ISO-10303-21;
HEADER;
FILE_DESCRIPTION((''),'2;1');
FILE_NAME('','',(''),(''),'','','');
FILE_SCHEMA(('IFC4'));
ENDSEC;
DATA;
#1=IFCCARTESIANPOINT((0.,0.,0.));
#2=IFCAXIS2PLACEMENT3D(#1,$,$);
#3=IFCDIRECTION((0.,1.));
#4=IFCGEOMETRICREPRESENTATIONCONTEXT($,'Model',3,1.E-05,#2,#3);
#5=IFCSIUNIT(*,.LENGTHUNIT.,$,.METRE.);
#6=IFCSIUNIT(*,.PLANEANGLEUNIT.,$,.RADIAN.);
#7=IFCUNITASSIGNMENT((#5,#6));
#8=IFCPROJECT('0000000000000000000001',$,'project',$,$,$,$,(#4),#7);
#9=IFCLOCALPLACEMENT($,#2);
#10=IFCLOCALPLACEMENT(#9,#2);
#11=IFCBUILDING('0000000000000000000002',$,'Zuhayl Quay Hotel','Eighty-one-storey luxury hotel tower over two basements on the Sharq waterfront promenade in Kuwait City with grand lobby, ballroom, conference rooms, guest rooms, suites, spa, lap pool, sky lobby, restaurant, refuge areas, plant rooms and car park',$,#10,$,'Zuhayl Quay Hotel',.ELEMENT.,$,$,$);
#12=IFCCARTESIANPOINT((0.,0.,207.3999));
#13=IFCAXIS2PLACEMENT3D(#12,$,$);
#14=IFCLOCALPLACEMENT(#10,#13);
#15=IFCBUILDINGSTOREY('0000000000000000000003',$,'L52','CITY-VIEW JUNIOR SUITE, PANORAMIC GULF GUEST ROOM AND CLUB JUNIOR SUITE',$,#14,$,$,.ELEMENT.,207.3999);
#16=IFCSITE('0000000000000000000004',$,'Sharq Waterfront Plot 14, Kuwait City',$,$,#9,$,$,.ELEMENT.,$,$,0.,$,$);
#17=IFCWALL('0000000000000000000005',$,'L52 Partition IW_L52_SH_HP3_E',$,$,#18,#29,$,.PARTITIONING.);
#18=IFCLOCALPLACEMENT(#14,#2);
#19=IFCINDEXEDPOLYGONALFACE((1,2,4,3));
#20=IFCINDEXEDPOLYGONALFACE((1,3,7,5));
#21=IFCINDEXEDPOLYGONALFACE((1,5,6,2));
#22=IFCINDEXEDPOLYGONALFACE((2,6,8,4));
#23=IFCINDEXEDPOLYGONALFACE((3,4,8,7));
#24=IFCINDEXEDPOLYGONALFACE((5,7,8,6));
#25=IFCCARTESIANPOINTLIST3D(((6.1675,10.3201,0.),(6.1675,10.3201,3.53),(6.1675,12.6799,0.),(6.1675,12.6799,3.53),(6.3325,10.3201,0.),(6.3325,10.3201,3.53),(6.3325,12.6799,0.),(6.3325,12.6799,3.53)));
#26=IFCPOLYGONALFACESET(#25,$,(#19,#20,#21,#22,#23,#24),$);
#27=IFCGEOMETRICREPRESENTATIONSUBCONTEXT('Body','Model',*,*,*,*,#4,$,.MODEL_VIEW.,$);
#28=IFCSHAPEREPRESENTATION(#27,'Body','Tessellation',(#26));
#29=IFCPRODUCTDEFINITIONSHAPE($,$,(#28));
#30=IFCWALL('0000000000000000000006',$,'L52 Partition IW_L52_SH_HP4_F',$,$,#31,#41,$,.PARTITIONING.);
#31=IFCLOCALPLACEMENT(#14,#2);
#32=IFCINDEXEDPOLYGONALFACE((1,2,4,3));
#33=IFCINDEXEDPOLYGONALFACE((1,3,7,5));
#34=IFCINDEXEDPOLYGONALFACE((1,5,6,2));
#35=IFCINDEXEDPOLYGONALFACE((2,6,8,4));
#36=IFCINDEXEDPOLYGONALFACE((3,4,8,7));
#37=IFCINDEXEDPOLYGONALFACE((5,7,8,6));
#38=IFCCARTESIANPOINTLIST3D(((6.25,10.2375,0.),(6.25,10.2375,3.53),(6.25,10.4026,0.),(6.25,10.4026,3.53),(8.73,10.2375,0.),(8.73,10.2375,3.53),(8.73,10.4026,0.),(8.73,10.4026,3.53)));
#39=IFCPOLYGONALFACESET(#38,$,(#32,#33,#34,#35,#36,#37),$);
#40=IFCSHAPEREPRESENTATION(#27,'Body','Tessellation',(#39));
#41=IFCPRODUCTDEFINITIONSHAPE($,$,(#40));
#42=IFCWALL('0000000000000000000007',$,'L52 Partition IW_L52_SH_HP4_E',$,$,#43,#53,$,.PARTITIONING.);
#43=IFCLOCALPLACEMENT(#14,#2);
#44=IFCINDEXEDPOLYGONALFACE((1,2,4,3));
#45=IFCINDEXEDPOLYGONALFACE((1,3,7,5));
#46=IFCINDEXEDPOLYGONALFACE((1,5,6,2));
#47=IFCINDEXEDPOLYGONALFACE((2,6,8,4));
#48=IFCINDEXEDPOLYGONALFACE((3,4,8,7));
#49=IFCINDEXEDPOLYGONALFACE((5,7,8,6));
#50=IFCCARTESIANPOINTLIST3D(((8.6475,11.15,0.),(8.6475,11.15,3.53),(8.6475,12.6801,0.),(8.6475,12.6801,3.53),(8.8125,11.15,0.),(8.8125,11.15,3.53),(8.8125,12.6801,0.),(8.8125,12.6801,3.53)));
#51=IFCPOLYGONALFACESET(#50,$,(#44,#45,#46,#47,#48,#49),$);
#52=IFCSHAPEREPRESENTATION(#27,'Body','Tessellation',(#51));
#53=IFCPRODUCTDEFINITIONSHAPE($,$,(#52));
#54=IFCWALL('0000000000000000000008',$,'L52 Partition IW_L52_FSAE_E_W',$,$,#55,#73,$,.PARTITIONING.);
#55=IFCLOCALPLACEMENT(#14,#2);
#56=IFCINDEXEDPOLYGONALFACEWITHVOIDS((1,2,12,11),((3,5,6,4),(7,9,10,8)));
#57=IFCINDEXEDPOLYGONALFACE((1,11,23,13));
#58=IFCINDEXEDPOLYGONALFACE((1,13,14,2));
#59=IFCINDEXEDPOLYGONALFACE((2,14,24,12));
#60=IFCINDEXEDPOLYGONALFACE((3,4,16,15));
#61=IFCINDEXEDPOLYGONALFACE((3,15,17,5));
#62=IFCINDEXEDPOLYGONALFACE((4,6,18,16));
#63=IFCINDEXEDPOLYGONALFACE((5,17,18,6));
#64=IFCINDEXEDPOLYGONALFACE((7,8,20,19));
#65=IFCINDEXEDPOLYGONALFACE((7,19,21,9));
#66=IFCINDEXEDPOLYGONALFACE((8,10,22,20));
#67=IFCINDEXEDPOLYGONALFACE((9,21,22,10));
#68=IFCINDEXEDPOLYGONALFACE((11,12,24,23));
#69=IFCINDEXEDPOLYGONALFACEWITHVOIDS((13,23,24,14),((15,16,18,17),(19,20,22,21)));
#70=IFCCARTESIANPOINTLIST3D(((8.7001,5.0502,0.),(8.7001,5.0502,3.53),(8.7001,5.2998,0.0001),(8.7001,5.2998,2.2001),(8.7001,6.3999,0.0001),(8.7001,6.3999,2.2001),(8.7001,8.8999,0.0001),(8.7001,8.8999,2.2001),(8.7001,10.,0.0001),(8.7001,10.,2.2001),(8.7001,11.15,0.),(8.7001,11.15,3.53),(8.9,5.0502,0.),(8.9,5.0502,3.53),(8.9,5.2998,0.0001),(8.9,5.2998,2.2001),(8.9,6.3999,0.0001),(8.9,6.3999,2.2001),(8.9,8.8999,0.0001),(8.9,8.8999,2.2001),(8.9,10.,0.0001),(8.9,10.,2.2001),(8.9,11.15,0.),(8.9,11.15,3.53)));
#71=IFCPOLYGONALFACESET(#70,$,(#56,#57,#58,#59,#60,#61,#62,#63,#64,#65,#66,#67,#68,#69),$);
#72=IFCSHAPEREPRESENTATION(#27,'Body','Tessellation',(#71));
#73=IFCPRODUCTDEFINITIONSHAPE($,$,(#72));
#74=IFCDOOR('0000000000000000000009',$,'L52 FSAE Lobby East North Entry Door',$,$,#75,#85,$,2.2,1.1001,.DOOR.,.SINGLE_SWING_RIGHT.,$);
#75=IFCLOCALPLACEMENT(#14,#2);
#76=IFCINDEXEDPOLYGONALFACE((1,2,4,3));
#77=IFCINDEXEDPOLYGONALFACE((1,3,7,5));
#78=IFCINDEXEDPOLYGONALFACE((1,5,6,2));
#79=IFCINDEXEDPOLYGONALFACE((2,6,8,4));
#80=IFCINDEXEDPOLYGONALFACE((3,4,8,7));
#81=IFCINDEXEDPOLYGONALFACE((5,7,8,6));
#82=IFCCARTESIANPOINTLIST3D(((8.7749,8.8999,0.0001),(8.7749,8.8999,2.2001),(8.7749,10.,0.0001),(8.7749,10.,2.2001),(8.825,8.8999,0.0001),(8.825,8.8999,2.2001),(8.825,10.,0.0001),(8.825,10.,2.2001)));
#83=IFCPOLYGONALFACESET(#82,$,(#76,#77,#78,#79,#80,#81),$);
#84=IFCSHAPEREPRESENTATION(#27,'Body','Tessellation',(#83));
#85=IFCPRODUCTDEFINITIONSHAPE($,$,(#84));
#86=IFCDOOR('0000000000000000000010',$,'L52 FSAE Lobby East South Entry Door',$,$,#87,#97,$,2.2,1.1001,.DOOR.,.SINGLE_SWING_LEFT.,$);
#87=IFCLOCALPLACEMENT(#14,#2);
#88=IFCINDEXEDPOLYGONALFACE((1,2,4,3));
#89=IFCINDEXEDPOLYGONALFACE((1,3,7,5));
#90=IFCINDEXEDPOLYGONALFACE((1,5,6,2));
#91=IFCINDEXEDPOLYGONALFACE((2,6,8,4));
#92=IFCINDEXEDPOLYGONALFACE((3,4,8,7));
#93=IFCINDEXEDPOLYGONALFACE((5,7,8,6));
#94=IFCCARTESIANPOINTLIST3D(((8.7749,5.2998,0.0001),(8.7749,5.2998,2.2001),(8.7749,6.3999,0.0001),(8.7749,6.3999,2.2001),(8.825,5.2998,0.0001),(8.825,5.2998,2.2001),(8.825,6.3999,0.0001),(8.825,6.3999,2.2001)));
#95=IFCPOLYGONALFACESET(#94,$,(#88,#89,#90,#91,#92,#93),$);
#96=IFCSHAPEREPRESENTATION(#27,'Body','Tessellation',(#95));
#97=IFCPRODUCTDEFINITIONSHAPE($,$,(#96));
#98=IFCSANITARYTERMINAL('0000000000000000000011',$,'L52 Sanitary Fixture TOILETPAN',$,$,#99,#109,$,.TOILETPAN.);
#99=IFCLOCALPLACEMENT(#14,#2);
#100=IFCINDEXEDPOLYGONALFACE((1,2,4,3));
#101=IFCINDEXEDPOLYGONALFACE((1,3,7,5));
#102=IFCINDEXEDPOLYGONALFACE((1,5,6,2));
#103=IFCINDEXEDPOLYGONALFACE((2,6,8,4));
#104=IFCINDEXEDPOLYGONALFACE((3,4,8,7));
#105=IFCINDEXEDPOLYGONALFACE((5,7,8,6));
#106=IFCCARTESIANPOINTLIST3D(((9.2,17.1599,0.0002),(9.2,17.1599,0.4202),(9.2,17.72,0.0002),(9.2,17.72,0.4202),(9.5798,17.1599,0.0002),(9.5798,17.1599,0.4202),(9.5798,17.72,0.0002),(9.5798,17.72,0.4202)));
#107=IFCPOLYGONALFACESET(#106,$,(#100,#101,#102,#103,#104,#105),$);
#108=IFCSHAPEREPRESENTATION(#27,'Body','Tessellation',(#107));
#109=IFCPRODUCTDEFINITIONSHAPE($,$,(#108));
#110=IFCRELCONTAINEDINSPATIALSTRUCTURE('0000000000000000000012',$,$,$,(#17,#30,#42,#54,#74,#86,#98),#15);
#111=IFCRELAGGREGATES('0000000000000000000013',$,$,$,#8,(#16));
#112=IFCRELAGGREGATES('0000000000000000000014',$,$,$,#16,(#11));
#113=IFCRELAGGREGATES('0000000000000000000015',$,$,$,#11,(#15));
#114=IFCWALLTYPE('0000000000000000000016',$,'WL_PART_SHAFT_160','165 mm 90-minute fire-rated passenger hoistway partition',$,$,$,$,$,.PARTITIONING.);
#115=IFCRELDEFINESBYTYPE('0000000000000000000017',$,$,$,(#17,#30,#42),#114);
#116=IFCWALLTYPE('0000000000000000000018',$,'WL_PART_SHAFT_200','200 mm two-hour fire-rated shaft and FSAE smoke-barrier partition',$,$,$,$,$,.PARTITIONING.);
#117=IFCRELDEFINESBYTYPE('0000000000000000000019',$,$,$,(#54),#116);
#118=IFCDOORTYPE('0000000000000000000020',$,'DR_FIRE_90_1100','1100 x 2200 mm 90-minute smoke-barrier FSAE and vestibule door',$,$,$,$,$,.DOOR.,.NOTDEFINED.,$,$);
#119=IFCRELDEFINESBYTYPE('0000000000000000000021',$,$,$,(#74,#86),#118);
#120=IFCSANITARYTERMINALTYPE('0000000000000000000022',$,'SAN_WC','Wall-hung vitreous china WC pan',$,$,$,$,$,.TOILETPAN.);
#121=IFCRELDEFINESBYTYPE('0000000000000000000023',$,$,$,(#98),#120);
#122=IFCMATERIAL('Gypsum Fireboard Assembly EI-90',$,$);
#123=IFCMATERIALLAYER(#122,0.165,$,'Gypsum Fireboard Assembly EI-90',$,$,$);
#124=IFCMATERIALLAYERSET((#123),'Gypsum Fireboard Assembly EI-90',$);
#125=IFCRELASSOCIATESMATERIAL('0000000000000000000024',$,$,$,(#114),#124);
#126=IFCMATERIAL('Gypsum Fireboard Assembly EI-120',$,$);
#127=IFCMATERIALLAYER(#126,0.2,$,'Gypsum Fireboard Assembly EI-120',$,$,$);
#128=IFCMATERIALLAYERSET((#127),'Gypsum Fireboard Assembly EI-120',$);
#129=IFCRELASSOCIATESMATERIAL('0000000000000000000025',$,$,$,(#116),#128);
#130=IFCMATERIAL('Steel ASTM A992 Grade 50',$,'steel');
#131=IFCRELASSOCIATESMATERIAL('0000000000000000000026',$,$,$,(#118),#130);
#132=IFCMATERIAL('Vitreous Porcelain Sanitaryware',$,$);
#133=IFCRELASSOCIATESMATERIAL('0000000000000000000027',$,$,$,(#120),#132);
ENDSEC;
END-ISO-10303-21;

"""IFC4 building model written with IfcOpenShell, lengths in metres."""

from ifc_helpers import new_model, si_unit, direction, frame, frame_2d, origin, origin_2d, place, context, subcontext, project, spatial, rectangle, extrude, material, layer, layer_set, type_object, element, fill, save


model = new_model("IFC4")

# Units and contexts
model_context = context("Model", 3, precision=1e-05, world=origin(), true_north=direction((0.0, 1.0)))
body_context = subcontext(model_context, "Body", "Model", "MODEL_VIEW")
ifc_project = project(units=[si_unit("LENGTHUNIT", "METRE"), si_unit("PLANEANGLEUNIT", "RADIAN")], contexts=[model_context])

# Site, building, storey
site_placement = place(None, origin())
site = spatial("IfcSite", under=ifc_project, at=site_placement, Name="Sharq Waterfront Plot 14, Kuwait City", CompositionType="ELEMENT", RefElevation=0.0)
building_placement = place(site_placement, origin())
building = spatial("IfcBuilding", under=site, at=building_placement, Name="Zuhayl Quay Hotel", Description="Eighty-one-storey luxury hotel tower over two basements on the Sharq waterfront promenade in Kuwait City with grand lobby, ballroom, conference rooms, guest rooms, suites, spa, lap pool, sky lobby, restaurant, refuge areas, plant rooms and car park", LongName="Zuhayl Quay Hotel", CompositionType="ELEMENT")
storey_placement = place(building_placement, frame((0.0, 0.0, 207.3999)))
storey = spatial("IfcBuildingStorey", under=building, at=storey_placement, Name="L52", Description="CITY-VIEW JUNIOR SUITE, PANORAMIC GULF GUEST ROOM AND CLUB JUNIOR SUITE", CompositionType="ELEMENT", Elevation=207.3999)

# Shared definitions
ifc_material_1 = material(Name="Steel ASTM A992 Grade 50", Category="steel")

# Shared definitions
ifc_material_2 = material(Name="Gypsum Fireboard Assembly EI-90")
ifc_layer_1 = layer(ifc_material_2, 0.165, Name="Gypsum Fireboard Assembly EI-90")
ifc_layer_set_1 = layer_set([ifc_layer_1], Name="Gypsum Fireboard Assembly EI-90")
wall_type_1 = type_object("IfcWallType", Name="WL_PART_SHAFT_160", Description="165 mm 90-minute fire-rated passenger hoistway partition", PredefinedType="PARTITIONING", material=ifc_layer_set_1)

# Walls
wall_1_placement = place(storey_placement, frame((6.25, 10.3201, 0.0), z_axis=(0.0, 0.0, 1.0), x_axis=(0.0, 1.0, 0.0)))
element("IfcWall", 1, at=wall_1_placement, inside=storey, type_object=wall_type_1, Name="L52 Partition IW_L52_SH_HP3_E", PredefinedType="PARTITIONING", context=body_context, shape_type="SweptSolid", body=[
    extrude(rectangle(XDim=2.3599, YDim=0.165, at=frame_2d((1.1799, 0.0))), origin(), (0.0, 0.0, 1.0), 3.53),
])
wall_2_placement = place(storey_placement, frame((6.25, 10.3201, 0.0), z_axis=(0.0, 0.0, 1.0), x_axis=(1.0, 0.0, 0.0)))
element("IfcWall", 2, at=wall_2_placement, inside=storey, type_object=wall_type_1, Name="L52 Partition IW_L52_SH_HP4_F", PredefinedType="PARTITIONING", context=body_context, shape_type="SweptSolid", body=[
    extrude(rectangle(XDim=2.48, YDim=0.165, at=frame_2d((1.24, 0.0))), origin(), (0.0, 0.0, 1.0), 3.53),
])
wall_3_placement = place(storey_placement, frame((8.73, 11.1499, 0.0), z_axis=(0.0, 0.0, 1.0), x_axis=(0.0, 1.0, 0.0)))
element("IfcWall", 3, at=wall_3_placement, inside=storey, type_object=wall_type_1, Name="L52 Partition IW_L52_SH_HP4_E", PredefinedType="PARTITIONING", context=body_context, shape_type="SweptSolid", body=[
    extrude(rectangle(XDim=1.53, YDim=0.165, at=frame_2d((0.7651, 0.0))), origin(), (0.0, 0.0, 1.0), 3.53),
])

# Wall, openings, doors
ifc_material_3 = material(Name="Gypsum Fireboard Assembly EI-120")
ifc_layer_2 = layer(ifc_material_3, 0.2, Name="Gypsum Fireboard Assembly EI-120")
ifc_layer_set_2 = layer_set([ifc_layer_2], Name="Gypsum Fireboard Assembly EI-120")
wall_type_2 = type_object("IfcWallType", Name="WL_PART_SHAFT_200", Description="200 mm two-hour fire-rated shaft and FSAE smoke-barrier partition", PredefinedType="PARTITIONING", material=ifc_layer_set_2)
wall_4_placement = place(storey_placement, frame((8.8, 11.1499, 0.0), z_axis=(0.0, 0.0, 1.0), x_axis=(0.0, -1.0, 0.0)))
wall_4 = element("IfcWall", 4, at=wall_4_placement, inside=storey, type_object=wall_type_2, Name="L52 Partition IW_L52_FSAE_E_W", PredefinedType="PARTITIONING", context=body_context, shape_type="SweptSolid", body=[
    extrude(rectangle(XDim=6.0999, YDim=0.2, at=frame_2d((3.0498, 0.0))), origin(), (0.0, 0.0, 1.0), 3.53),
])
opening_1_placement = place(wall_4_placement, frame((1.1499, 0.0, 0.0)))
opening_1 = element("IfcOpeningElement", 5, at=opening_1_placement, cuts=wall_4, PredefinedType="OPENING", context=body_context, shape_type="SweptSolid", body=[
    extrude(rectangle(XDim=1.1001, YDim=2.2, at=frame_2d((0.55, 1.1001))), frame((0.0, 0.1099, 0.0), z_axis=(0.0, -1.0, 0.0), x_axis=(1.0, 0.0, 0.0)), (0.0, 0.0, 1.0), 0.22),
])
opening_2_placement = place(wall_4_placement, frame((4.75, 0.0, 0.0)))
opening_2 = element("IfcOpeningElement", 6, at=opening_2_placement, cuts=wall_4, PredefinedType="OPENING", context=body_context, shape_type="SweptSolid", body=[
    extrude(rectangle(XDim=1.1001, YDim=2.2, at=frame_2d((0.55, 1.1001))), frame((0.0, 0.1099, 0.0), z_axis=(0.0, -1.0, 0.0), x_axis=(1.0, 0.0, 0.0)), (0.0, 0.0, 1.0), 0.22),
])
door_type_1 = type_object("IfcDoorType", Name="DR_FIRE_90_1100", Description="1100 x 2200 mm 90-minute smoke-barrier FSAE and vestibule door", OperationType="NOTDEFINED", PredefinedType="DOOR", material=ifc_material_1)
door_1_placement = place(opening_1_placement, origin())
door_1 = element("IfcDoor", 7, at=door_1_placement, inside=storey, type_object=door_type_1, Name="L52 FSAE Lobby East North Entry Door", OperationType="SINGLE_SWING_RIGHT", OverallHeight=2.2, OverallWidth=1.1001, PredefinedType="DOOR", context=body_context, shape_type="SweptSolid", body=[
    extrude(rectangle(XDim=1.1001, YDim=2.2, at=frame_2d((0.55, 1.1001))), frame((0.0, 0.0249, 0.0), z_axis=(0.0, -1.0, 0.0), x_axis=(1.0, 0.0, 0.0)), (0.0, 0.0, 1.0), 0.05),
])
fill(opening_1, door_1)
door_2_placement = place(opening_2_placement, origin())
door_2 = element("IfcDoor", 8, at=door_2_placement, inside=storey, type_object=door_type_1, Name="L52 FSAE Lobby East South Entry Door", OperationType="SINGLE_SWING_LEFT", OverallHeight=2.2, OverallWidth=1.1001, PredefinedType="DOOR", context=body_context, shape_type="SweptSolid", body=[
    extrude(rectangle(XDim=1.1001, YDim=2.2, at=frame_2d((0.55, 1.1001))), frame((0.0, 0.0249, 0.0), z_axis=(0.0, -1.0, 0.0), x_axis=(1.0, 0.0, 0.0)), (0.0, 0.0, 1.0), 0.05),
])
fill(opening_2, door_2)

# Sanitary terminal
ifc_material_4 = material(Name="Vitreous Porcelain Sanitaryware")
sanitary_terminal_type = type_object("IfcSanitaryTerminalType", Name="SAN_WC", Description="Wall-hung vitreous china WC pan", PredefinedType="TOILETPAN", material=ifc_material_4)
sanitary_terminal_placement = place(storey_placement, frame((9.3899, 17.4399, 0.0002), z_axis=(0.0, 0.0, 1.0), x_axis=(1.0, 0.0, 0.0)))
element("IfcSanitaryTerminal", 9, at=sanitary_terminal_placement, inside=storey, type_object=sanitary_terminal_type, Name="L52 Sanitary Fixture TOILETPAN", PredefinedType="TOILETPAN", context=body_context, shape_type="SweptSolid", body=[
    extrude(rectangle(XDim=0.3799, YDim=0.5601, at=origin_2d()), origin(), (0.0, 0.0, 1.0), 0.4199),
])

save(model, "model.ifc")
